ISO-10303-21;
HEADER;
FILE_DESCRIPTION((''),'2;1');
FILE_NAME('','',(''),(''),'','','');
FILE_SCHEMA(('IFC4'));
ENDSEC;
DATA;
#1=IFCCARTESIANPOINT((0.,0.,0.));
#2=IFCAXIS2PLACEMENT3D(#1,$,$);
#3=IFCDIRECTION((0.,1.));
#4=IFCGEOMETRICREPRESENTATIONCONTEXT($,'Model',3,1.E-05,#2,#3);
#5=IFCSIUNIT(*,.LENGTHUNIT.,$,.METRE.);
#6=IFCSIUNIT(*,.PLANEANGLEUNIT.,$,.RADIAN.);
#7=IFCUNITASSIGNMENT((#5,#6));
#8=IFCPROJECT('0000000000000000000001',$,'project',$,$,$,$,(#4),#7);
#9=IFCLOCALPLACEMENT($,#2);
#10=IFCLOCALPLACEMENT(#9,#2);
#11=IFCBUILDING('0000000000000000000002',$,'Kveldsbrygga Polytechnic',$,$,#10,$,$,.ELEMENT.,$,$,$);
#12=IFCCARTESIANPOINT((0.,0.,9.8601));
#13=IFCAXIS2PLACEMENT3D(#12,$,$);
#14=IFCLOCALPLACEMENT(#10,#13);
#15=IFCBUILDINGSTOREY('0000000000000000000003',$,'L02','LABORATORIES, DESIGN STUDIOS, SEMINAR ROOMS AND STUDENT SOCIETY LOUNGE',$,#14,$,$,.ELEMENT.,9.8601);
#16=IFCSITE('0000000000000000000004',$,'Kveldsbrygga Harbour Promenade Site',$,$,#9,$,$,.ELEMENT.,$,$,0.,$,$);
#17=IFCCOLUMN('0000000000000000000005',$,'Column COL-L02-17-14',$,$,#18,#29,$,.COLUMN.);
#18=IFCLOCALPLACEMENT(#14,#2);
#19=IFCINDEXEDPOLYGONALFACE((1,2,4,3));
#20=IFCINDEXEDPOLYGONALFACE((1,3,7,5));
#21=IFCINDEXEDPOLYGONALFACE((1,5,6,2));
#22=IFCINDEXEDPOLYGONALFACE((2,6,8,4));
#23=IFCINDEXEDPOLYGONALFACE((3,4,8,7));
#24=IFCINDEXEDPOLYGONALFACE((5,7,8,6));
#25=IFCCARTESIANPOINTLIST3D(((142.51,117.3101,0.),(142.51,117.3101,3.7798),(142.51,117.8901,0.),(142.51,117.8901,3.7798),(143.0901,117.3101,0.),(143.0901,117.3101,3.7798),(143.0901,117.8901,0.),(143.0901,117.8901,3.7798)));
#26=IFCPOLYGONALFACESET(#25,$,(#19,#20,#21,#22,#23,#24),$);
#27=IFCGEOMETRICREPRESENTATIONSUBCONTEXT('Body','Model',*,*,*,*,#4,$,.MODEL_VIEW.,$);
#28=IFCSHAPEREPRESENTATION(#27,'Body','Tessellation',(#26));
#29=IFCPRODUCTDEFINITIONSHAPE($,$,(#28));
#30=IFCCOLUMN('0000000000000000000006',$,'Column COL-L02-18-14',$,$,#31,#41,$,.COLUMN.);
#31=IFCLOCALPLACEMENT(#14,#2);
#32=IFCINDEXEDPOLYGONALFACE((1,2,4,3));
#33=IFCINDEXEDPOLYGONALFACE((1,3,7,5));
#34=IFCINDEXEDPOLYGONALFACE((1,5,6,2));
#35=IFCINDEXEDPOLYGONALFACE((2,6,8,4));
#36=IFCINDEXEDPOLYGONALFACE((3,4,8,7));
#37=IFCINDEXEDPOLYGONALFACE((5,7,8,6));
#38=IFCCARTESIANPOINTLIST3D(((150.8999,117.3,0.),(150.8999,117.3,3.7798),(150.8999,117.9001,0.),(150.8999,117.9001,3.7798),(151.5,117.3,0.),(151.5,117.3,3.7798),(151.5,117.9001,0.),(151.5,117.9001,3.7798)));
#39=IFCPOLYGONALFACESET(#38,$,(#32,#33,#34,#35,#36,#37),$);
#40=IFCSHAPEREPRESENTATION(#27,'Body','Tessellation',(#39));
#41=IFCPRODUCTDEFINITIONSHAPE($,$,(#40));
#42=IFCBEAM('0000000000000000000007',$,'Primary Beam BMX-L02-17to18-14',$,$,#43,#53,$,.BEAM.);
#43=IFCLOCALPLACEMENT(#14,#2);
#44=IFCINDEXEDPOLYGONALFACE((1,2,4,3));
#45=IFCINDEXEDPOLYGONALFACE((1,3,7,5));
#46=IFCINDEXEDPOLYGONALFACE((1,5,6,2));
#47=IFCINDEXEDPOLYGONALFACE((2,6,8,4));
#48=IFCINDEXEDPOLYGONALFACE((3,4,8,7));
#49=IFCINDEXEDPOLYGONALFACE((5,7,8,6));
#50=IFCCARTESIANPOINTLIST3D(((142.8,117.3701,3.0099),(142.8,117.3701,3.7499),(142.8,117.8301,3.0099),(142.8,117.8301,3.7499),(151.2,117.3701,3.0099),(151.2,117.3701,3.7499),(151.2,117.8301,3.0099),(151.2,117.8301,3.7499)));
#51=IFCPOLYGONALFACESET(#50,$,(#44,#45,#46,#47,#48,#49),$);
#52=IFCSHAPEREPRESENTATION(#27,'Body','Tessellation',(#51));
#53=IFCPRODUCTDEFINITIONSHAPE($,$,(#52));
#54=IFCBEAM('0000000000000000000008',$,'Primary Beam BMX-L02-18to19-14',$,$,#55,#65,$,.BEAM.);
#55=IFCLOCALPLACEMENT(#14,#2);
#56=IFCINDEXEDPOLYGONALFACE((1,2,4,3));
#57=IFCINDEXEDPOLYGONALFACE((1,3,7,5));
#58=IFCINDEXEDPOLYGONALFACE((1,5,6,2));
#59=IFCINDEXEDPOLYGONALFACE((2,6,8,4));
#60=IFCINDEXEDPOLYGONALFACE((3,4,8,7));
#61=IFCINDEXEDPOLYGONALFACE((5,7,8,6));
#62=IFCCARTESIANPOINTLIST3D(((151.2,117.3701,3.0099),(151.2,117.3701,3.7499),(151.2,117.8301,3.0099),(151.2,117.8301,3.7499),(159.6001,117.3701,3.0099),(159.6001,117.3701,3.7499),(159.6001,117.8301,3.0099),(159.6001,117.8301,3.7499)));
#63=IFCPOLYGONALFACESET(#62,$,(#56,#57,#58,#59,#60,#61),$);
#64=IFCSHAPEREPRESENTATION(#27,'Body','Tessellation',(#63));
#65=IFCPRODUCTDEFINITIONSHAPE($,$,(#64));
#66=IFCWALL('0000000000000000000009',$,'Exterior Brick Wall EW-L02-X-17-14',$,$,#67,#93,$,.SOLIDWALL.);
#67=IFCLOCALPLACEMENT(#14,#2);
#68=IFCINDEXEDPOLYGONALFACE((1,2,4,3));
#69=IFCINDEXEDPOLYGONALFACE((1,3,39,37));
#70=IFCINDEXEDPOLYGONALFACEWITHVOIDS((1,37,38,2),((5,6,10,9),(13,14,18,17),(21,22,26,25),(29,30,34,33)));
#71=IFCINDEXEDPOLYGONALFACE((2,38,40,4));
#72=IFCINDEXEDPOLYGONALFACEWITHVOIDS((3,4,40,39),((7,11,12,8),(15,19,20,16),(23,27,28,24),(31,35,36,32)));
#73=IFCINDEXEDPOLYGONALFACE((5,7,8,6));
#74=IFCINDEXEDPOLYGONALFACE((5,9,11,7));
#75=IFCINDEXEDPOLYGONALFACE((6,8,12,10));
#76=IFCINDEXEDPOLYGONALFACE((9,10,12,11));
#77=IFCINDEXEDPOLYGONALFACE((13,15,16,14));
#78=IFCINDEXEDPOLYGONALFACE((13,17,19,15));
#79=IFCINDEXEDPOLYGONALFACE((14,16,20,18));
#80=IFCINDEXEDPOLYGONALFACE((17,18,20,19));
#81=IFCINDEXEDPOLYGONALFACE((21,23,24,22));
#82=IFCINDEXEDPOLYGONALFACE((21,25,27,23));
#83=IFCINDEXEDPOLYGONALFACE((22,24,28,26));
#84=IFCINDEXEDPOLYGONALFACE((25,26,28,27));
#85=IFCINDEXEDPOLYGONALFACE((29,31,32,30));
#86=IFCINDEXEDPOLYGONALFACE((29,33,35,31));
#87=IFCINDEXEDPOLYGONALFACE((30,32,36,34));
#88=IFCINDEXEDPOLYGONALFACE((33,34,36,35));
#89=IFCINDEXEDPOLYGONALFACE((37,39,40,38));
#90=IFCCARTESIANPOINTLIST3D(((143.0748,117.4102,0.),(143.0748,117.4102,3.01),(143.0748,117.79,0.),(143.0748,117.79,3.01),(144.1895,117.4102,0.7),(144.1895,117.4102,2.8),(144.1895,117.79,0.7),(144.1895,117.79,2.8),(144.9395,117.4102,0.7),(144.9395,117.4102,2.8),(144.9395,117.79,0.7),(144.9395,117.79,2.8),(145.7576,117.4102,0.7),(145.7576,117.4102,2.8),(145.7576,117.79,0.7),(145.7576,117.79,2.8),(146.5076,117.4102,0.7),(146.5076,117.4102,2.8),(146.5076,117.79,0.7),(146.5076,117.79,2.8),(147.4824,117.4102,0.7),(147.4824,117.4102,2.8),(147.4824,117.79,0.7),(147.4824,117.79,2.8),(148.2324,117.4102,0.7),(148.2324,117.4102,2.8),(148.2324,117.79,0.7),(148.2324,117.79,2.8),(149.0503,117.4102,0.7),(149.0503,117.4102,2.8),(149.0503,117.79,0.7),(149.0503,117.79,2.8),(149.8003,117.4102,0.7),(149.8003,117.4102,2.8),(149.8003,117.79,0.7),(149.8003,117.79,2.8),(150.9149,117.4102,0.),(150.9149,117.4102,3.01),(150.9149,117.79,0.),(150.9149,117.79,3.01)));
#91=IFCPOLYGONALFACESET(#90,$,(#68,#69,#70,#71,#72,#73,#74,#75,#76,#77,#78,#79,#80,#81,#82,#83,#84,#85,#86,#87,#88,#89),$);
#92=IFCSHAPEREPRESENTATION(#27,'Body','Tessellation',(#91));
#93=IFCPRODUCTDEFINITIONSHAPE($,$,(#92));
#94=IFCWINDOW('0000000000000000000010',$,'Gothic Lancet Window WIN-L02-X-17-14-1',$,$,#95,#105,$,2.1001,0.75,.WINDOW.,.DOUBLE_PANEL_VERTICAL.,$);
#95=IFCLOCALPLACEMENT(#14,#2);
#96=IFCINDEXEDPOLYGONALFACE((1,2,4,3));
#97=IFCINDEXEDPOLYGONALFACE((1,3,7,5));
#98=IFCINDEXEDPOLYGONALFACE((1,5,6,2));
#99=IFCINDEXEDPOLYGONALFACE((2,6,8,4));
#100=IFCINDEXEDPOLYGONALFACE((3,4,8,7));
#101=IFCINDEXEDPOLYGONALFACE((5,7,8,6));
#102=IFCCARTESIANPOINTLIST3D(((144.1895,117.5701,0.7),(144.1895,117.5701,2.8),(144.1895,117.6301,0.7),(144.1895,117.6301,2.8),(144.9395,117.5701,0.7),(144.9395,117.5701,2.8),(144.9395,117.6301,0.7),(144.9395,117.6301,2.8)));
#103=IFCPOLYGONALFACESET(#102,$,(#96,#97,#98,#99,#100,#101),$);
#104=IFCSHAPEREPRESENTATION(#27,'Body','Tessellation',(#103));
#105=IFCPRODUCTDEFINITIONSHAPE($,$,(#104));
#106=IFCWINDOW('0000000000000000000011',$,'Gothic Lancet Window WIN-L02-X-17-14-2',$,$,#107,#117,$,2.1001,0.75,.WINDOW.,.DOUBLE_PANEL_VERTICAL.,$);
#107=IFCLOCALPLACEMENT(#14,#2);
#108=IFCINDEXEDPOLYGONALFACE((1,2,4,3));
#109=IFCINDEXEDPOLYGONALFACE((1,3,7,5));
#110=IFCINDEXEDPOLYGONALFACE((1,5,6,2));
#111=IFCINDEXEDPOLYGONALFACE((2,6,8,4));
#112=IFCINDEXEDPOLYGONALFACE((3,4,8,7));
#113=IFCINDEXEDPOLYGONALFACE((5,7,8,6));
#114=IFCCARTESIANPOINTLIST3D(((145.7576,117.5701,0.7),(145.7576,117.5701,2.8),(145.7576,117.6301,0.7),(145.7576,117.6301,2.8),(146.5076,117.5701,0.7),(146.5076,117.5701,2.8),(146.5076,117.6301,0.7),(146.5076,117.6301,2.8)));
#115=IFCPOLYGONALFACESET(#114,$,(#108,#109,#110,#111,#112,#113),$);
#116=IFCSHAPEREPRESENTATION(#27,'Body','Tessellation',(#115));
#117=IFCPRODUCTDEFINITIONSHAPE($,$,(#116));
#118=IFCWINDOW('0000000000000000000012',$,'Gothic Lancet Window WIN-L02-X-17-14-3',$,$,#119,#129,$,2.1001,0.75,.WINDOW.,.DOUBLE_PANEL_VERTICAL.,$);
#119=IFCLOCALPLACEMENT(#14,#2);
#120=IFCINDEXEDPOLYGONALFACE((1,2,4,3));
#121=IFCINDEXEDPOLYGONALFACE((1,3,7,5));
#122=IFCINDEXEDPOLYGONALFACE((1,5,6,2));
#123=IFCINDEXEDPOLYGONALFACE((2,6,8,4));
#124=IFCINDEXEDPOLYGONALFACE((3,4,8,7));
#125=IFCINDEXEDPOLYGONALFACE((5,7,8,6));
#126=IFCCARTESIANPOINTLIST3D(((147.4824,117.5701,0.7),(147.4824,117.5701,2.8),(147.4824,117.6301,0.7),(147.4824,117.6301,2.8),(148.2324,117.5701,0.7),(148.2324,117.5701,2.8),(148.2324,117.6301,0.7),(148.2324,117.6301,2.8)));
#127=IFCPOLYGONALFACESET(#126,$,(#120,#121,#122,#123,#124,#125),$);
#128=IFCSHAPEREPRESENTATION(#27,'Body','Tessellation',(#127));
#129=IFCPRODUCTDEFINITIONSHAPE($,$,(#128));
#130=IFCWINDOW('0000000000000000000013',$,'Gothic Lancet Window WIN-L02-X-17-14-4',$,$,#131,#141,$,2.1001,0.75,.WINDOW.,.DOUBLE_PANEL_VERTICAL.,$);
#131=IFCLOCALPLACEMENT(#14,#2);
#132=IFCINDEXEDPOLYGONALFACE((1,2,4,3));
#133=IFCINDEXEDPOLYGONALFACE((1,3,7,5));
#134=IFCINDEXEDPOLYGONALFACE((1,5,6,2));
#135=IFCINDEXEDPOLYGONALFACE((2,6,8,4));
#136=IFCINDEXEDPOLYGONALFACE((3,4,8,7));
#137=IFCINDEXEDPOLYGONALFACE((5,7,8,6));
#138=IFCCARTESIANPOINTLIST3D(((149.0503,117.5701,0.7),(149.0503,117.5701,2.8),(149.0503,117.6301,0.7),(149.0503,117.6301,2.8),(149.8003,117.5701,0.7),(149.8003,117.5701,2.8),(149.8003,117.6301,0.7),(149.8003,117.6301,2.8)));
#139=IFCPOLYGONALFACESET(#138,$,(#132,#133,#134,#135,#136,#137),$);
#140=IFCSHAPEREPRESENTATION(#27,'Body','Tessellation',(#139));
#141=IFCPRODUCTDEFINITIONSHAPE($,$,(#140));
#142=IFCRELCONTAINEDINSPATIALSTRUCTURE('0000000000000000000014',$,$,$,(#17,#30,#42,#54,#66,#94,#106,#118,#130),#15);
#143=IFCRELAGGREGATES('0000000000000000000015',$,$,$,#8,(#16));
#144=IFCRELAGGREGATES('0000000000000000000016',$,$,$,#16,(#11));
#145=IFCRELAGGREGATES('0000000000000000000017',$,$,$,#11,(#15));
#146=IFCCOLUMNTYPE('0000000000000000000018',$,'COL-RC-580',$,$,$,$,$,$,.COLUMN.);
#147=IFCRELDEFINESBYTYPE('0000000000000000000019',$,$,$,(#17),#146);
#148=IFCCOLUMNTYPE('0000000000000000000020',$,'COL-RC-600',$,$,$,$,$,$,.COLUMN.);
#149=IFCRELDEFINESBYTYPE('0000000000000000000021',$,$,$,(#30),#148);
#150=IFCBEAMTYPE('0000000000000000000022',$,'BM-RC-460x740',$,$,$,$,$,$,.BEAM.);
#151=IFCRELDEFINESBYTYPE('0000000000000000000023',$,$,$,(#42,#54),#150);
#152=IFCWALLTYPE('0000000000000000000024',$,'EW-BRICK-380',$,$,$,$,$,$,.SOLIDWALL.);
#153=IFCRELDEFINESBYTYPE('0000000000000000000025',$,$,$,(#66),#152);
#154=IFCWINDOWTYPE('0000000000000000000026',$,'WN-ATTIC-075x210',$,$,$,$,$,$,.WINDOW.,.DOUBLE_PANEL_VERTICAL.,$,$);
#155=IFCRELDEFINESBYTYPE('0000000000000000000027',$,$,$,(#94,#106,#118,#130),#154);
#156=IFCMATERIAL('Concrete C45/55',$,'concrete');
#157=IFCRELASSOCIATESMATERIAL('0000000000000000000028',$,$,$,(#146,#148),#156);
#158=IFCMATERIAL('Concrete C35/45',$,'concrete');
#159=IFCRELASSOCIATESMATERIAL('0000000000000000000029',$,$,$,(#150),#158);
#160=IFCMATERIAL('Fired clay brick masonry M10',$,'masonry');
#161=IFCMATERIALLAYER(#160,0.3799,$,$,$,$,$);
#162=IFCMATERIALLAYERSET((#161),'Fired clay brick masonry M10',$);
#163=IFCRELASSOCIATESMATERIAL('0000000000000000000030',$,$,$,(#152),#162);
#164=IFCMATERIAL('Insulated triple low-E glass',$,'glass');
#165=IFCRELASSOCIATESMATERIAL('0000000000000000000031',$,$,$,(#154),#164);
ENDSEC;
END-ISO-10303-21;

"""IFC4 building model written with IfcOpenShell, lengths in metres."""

from ifc_helpers import new_model, si_unit, direction, frame, frame_2d, origin, origin_2d, place, context, subcontext, project, spatial, rectangle, extrude, material, layer, layer_set, material_profile, profile_set, type_object, element, fill, save


model = new_model("IFC4")

# Units and contexts
model_context = context("Model", 3, precision=1e-05, world=origin(), true_north=direction((0.0, 1.0)))
body_context = subcontext(model_context, "Body", "Model", "MODEL_VIEW")
ifc_project = project(units=[si_unit("LENGTHUNIT", "METRE"), si_unit("PLANEANGLEUNIT", "RADIAN")], contexts=[model_context])

# Site, building, storey
site_placement = place(None, origin())
site = spatial("IfcSite", under=ifc_project, at=site_placement, Name="Kveldsbrygga Harbour Promenade Site", CompositionType="ELEMENT", RefElevation=0.0)
building_placement = place(site_placement, origin())
building = spatial("IfcBuilding", under=site, at=building_placement, Name="Kveldsbrygga Polytechnic", CompositionType="ELEMENT")
storey_placement = place(building_placement, frame((0.0, 0.0, 9.8601)))
storey = spatial("IfcBuildingStorey", under=building, at=storey_placement, Name="L02", Description="LABORATORIES, DESIGN STUDIOS, SEMINAR ROOMS AND STUDENT SOCIETY LOUNGE", CompositionType="ELEMENT", Elevation=9.8601)

# Columns
ifc_material_1 = material(Name="Concrete C45/55", Category="concrete")
ifc_material_profile_1 = material_profile(ifc_material_1, rectangle(XDim=0.5801, YDim=0.5801, at=origin_2d()), Name="RC 580x580")
ifc_profile_set_1 = profile_set([ifc_material_profile_1], Name="Concrete C45/55")
column_type_1 = type_object("IfcColumnType", Name="COL-RC-580", PredefinedType="COLUMN", material=ifc_profile_set_1)
column_1_placement = place(storey_placement, frame((142.8, 117.6001, 0.0), z_axis=(0.0, 0.0, 1.0), x_axis=(1.0, 0.0, 0.0)))
element("IfcColumn", 1, at=column_1_placement, inside=storey, type_object=column_type_1, Name="Column COL-L02-17-14", PredefinedType="COLUMN", context=body_context, shape_type="SweptSolid", body=[
    extrude(rectangle(XDim=0.5801, YDim=0.5801, at=origin_2d()), origin(), (0.0, 0.0, 1.0), 3.7798),
])
ifc_material_profile_2 = material_profile(ifc_material_1, rectangle(XDim=0.6001, YDim=0.6001, at=origin_2d()), Name="RC 600x600")
ifc_profile_set_2 = profile_set([ifc_material_profile_2], Name="Concrete C45/55")
column_type_2 = type_object("IfcColumnType", Name="COL-RC-600", PredefinedType="COLUMN", material=ifc_profile_set_2)
column_2_placement = place(storey_placement, frame((151.2, 117.6001, 0.0), z_axis=(0.0, 0.0, 1.0), x_axis=(1.0, 0.0, 0.0)))
element("IfcColumn", 2, at=column_2_placement, inside=storey, type_object=column_type_2, Name="Column COL-L02-18-14", PredefinedType="COLUMN", context=body_context, shape_type="SweptSolid", body=[
    extrude(rectangle(XDim=0.6001, YDim=0.6001, at=origin_2d()), origin(), (0.0, 0.0, 1.0), 3.7798),
])

# Beams
ifc_material_2 = material(Name="Concrete C35/45", Category="concrete")
ifc_material_profile_3 = material_profile(ifc_material_2, rectangle(XDim=0.46, YDim=0.74, at=origin_2d()), Name="RC 460x740")
ifc_profile_set_3 = profile_set([ifc_material_profile_3], Name="Concrete C35/45")
beam_type = type_object("IfcBeamType", Name="BM-RC-460x740", PredefinedType="BEAM", material=ifc_profile_set_3)
beam_1_placement = place(storey_placement, frame((142.8, 117.6001, 3.3799), z_axis=(1.0, 0.0, 0.0), x_axis=(0.0, 1.0, 0.0)))
element("IfcBeam", 3, at=beam_1_placement, inside=storey, type_object=beam_type, Name="Primary Beam BMX-L02-17to18-14", PredefinedType="BEAM", context=body_context, shape_type="SweptSolid", body=[
    extrude(rectangle(XDim=0.46, YDim=0.74, at=origin_2d()), origin(), (0.0, 0.0, 1.0), 8.3999),
])
beam_2_placement = place(storey_placement, frame((151.2, 117.6001, 3.3799), z_axis=(1.0, 0.0, 0.0), x_axis=(0.0, 1.0, 0.0)))
element("IfcBeam", 4, at=beam_2_placement, inside=storey, type_object=beam_type, Name="Primary Beam BMX-L02-18to19-14", PredefinedType="BEAM", context=body_context, shape_type="SweptSolid", body=[
    extrude(rectangle(XDim=0.46, YDim=0.74, at=origin_2d()), origin(), (0.0, 0.0, 1.0), 8.4001),
])

# Wall, openings, windows
ifc_material_3 = material(Name="Fired clay brick masonry M10", Category="masonry")
ifc_layer_1 = layer(ifc_material_3, 0.3799)
ifc_layer_set_1 = layer_set([ifc_layer_1], Name="Fired clay brick masonry M10")
wall_type_1 = type_object("IfcWallType", Name="EW-BRICK-380", PredefinedType="SOLIDWALL", material=ifc_layer_set_1)
wall_1_placement = place(storey_placement, frame((143.075, 117.6001, 0.0), z_axis=(0.0, 0.0, 1.0), x_axis=(1.0, 0.0, 0.0)))
wall_1 = element("IfcWall", 5, at=wall_1_placement, inside=storey, type_object=wall_type_1, Name="Exterior Brick Wall EW-L02-X-17-14", PredefinedType="SOLIDWALL", context=body_context, shape_type="SweptSolid", body=[
    extrude(rectangle(XDim=7.8401, YDim=0.3799, at=frame_2d((3.9199, 0.0))), origin(), (0.0, 0.0, 1.0), 3.01),
])
opening_1_placement = place(wall_1_placement, frame((1.1145, 0.0, 0.7)))
opening_1 = element("IfcOpeningElement", 6, at=opening_1_placement, cuts=wall_1, PredefinedType="OPENING", context=body_context, shape_type="SweptSolid", body=[
    extrude(rectangle(XDim=0.75, YDim=2.1001, at=frame_2d((0.375, 1.05))), frame((0.0, 0.2, 0.0), z_axis=(0.0, -1.0, 0.0), x_axis=(1.0, 0.0, 0.0)), (0.0, 0.0, 1.0), 0.3999),
])
opening_2_placement = place(wall_1_placement, frame((2.6826, 0.0, 0.7)))
opening_2 = element("IfcOpeningElement", 7, at=opening_2_placement, cuts=wall_1, PredefinedType="OPENING", context=body_context, shape_type="SweptSolid", body=[
    extrude(rectangle(XDim=0.75, YDim=2.1001, at=frame_2d((0.375, 1.05))), frame((0.0, 0.2, 0.0), z_axis=(0.0, -1.0, 0.0), x_axis=(1.0, 0.0, 0.0)), (0.0, 0.0, 1.0), 0.3999),
])
opening_3_placement = place(wall_1_placement, frame((4.4075, 0.0, 0.7)))
opening_3 = element("IfcOpeningElement", 8, at=opening_3_placement, cuts=wall_1, PredefinedType="OPENING", context=body_context, shape_type="SweptSolid", body=[
    extrude(rectangle(XDim=0.75, YDim=2.1001, at=frame_2d((0.375, 1.05))), frame((0.0, 0.2, 0.0), z_axis=(0.0, -1.0, 0.0), x_axis=(1.0, 0.0, 0.0)), (0.0, 0.0, 1.0), 0.3999),
])
opening_4_placement = place(wall_1_placement, frame((5.9753, 0.0, 0.7)))
opening_4 = element("IfcOpeningElement", 9, at=opening_4_placement, cuts=wall_1, PredefinedType="OPENING", context=body_context, shape_type="SweptSolid", body=[
    extrude(rectangle(XDim=0.75, YDim=2.1001, at=frame_2d((0.375, 1.05))), frame((0.0, 0.2, 0.0), z_axis=(0.0, -1.0, 0.0), x_axis=(1.0, 0.0, 0.0)), (0.0, 0.0, 1.0), 0.3999),
])
ifc_material_4 = material(Name="Insulated triple low-E glass", Category="glass")
window_type = type_object("IfcWindowType", Name="WN-ATTIC-075x210", PartitioningType="DOUBLE_PANEL_VERTICAL", PredefinedType="WINDOW", material=ifc_material_4)
window_1_placement = place(opening_1_placement, origin())
window_1 = element("IfcWindow", 10, at=window_1_placement, inside=storey, type_object=window_type, Name="Gothic Lancet Window WIN-L02-X-17-14-1", OverallHeight=2.1001, OverallWidth=0.75, PartitioningType="DOUBLE_PANEL_VERTICAL", PredefinedType="WINDOW", context=body_context, shape_type="SweptSolid", body=[
    extrude(rectangle(XDim=0.75, YDim=2.1001, at=frame_2d((0.375, 1.05))), frame((0.0, 0.03, 0.0), z_axis=(0.0, -1.0, 0.0), x_axis=(1.0, 0.0, 0.0)), (0.0, 0.0, 1.0), 0.0601),
])
fill(opening_1, window_1)
window_2_placement = place(opening_2_placement, origin())
window_2 = element("IfcWindow", 11, at=window_2_placement, inside=storey, type_object=window_type, Name="Gothic Lancet Window WIN-L02-X-17-14-2", OverallHeight=2.1001, OverallWidth=0.75, PartitioningType="DOUBLE_PANEL_VERTICAL", PredefinedType="WINDOW", context=body_context, shape_type="SweptSolid", body=[
    extrude(rectangle(XDim=0.75, YDim=2.1001, at=frame_2d((0.375, 1.05))), frame((0.0, 0.03, 0.0), z_axis=(0.0, -1.0, 0.0), x_axis=(1.0, 0.0, 0.0)), (0.0, 0.0, 1.0), 0.0601),
])
fill(opening_2, window_2)
window_3_placement = place(opening_3_placement, origin())
window_3 = element("IfcWindow", 12, at=window_3_placement, inside=storey, type_object=window_type, Name="Gothic Lancet Window WIN-L02-X-17-14-3", OverallHeight=2.1001, OverallWidth=0.75, PartitioningType="DOUBLE_PANEL_VERTICAL", PredefinedType="WINDOW", context=body_context, shape_type="SweptSolid", body=[
    extrude(rectangle(XDim=0.75, YDim=2.1001, at=frame_2d((0.375, 1.05))), frame((0.0, 0.03, 0.0), z_axis=(0.0, -1.0, 0.0), x_axis=(1.0, 0.0, 0.0)), (0.0, 0.0, 1.0), 0.0601),
])
fill(opening_3, window_3)
window_4_placement = place(opening_4_placement, origin())
window_4 = element("IfcWindow", 13, at=window_4_placement, inside=storey, type_object=window_type, Name="Gothic Lancet Window WIN-L02-X-17-14-4", OverallHeight=2.1001, OverallWidth=0.75, PartitioningType="DOUBLE_PANEL_VERTICAL", PredefinedType="WINDOW", context=body_context, shape_type="SweptSolid", body=[
    extrude(rectangle(XDim=0.75, YDim=2.1001, at=frame_2d((0.375, 1.05))), frame((0.0, 0.03, 0.0), z_axis=(0.0, -1.0, 0.0), x_axis=(1.0, 0.0, 0.0)), (0.0, 0.0, 1.0), 0.0601),
])
fill(opening_4, window_4)

save(model, "model.ifc")
